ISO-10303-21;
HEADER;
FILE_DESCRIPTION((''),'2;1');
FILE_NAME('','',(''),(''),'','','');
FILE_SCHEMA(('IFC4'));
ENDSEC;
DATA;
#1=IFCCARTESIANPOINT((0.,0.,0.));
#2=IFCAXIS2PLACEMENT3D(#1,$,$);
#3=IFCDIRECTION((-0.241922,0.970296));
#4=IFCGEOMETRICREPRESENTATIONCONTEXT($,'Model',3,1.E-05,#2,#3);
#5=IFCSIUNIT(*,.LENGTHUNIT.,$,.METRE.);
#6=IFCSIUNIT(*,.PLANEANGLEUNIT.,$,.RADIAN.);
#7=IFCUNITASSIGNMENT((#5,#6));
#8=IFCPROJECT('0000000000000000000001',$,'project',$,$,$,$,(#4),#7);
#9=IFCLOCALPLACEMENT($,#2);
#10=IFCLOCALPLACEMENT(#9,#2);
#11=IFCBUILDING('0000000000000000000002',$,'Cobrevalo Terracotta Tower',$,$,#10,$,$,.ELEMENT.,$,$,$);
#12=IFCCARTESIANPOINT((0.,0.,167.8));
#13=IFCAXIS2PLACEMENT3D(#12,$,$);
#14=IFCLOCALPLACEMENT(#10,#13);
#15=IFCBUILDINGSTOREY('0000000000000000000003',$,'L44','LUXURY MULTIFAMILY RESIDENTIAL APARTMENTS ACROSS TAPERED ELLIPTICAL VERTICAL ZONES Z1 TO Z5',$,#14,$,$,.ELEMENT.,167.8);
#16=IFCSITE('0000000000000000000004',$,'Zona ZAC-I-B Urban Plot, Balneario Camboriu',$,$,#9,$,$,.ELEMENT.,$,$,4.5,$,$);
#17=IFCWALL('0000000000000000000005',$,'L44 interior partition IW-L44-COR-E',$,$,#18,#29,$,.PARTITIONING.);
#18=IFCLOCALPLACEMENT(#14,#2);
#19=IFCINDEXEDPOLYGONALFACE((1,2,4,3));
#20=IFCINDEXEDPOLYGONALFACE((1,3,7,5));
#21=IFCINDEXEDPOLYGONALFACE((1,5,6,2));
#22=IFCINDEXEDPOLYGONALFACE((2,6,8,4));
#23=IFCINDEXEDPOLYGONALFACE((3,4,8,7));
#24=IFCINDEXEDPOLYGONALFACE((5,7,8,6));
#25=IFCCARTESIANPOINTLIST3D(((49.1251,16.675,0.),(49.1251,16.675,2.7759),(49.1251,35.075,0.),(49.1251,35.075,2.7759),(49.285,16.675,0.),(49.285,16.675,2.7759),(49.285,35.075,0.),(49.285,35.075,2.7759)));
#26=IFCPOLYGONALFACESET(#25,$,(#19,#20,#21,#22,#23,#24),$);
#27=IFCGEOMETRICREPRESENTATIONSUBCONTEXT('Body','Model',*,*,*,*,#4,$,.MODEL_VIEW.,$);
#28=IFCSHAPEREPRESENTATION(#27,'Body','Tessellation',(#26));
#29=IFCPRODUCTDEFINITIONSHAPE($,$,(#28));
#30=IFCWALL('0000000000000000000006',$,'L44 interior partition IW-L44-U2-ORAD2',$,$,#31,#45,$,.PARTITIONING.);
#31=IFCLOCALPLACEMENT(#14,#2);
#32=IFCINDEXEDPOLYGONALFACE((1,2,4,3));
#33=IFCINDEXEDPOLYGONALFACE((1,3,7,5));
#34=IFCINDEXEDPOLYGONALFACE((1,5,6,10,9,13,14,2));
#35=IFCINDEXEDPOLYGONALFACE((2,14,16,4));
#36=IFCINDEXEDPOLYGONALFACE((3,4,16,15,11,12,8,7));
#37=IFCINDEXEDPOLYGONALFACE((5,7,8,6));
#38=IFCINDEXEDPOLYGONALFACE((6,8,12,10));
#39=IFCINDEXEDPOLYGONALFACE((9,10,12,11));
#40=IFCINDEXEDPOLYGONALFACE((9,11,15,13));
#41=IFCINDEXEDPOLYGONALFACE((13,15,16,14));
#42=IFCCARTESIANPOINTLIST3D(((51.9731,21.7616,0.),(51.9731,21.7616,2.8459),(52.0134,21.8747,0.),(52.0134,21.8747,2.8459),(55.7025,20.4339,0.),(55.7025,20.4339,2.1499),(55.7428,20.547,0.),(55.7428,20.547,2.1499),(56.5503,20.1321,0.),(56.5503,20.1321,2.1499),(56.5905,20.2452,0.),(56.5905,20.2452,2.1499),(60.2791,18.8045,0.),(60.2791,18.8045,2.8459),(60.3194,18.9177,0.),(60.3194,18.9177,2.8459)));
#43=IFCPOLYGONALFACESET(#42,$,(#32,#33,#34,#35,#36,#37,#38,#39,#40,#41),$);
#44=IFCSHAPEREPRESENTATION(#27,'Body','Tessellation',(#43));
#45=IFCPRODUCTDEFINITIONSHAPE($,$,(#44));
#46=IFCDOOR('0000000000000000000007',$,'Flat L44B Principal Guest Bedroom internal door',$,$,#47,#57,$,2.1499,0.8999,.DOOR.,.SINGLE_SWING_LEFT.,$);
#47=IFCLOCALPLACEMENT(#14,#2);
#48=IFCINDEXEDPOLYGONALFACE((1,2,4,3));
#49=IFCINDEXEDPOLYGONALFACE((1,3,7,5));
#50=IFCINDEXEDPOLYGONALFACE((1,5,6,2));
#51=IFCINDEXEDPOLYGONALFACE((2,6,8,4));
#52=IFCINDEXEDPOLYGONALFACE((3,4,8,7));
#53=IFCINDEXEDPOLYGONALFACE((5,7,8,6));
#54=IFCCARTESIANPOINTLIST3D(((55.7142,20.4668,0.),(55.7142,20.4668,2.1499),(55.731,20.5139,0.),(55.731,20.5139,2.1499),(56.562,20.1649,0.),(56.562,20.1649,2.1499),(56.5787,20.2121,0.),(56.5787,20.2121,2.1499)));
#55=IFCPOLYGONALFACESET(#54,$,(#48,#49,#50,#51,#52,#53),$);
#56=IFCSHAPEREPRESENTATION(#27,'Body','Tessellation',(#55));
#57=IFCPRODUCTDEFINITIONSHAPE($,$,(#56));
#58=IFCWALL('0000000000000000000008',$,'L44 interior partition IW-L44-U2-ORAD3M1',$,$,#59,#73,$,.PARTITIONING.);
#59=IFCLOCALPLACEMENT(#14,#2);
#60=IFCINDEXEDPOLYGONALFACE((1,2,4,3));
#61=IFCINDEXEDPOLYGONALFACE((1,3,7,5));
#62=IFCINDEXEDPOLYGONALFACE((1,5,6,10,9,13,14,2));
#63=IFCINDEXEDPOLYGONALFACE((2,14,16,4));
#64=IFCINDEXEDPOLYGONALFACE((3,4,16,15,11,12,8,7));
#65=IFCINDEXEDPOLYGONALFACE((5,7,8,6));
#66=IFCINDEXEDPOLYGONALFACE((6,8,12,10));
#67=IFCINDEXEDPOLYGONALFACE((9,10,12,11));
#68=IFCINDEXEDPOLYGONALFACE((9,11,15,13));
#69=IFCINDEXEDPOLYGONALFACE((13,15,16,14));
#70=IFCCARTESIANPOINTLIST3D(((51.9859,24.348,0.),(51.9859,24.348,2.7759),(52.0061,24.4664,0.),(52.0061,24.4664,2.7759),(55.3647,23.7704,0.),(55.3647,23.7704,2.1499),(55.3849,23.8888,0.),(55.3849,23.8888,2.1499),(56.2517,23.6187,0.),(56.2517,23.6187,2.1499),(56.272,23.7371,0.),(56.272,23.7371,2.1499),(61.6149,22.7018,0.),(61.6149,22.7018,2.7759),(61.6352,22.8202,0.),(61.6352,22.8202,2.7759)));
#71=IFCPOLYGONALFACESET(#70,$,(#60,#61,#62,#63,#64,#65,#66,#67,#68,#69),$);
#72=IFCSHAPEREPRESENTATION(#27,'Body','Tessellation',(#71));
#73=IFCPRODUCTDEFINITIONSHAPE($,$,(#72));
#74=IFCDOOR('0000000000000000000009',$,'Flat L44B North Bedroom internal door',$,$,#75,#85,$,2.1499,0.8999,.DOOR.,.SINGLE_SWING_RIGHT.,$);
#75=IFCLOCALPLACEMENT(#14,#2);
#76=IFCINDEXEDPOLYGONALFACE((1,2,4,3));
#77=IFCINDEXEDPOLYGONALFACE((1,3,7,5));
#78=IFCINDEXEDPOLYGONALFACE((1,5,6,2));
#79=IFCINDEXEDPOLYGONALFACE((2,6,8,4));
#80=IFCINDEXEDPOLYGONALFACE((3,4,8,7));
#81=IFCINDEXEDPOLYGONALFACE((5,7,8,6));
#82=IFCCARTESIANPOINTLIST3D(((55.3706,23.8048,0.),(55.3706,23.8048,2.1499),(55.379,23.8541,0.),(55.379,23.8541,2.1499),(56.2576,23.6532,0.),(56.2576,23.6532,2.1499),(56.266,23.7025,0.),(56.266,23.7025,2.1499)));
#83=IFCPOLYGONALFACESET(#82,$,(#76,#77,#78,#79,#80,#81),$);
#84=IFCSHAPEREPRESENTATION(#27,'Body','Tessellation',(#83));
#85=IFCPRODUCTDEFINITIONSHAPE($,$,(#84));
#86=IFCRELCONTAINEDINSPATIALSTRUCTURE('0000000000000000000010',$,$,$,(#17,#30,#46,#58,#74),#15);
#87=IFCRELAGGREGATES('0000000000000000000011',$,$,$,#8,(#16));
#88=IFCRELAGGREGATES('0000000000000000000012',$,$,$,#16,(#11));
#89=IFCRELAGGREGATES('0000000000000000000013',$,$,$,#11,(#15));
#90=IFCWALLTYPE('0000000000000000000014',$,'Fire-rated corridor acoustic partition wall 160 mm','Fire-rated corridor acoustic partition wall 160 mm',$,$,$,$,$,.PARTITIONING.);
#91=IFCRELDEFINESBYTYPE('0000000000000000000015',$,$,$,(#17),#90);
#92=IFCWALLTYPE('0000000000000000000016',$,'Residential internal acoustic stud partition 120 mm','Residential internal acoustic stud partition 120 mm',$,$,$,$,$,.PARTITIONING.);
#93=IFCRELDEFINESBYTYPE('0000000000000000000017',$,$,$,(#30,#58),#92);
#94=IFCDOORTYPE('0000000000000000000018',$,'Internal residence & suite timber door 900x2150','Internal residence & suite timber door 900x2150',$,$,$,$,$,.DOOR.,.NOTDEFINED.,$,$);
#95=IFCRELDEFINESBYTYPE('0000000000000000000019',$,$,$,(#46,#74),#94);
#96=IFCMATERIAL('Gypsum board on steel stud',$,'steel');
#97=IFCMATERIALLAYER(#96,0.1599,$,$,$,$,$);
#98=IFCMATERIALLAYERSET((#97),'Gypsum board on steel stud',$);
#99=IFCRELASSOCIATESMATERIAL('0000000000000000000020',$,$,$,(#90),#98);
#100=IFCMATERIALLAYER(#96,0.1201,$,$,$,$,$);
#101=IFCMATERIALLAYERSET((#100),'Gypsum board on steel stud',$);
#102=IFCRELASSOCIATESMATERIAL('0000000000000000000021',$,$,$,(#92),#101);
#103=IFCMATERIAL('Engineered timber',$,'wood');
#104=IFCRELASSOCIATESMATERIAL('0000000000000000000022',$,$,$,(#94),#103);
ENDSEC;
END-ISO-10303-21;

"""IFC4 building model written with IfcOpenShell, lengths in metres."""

from ifc_helpers import new_model, si_unit, direction, frame, frame_2d, origin, place, context, subcontext, project, spatial, rectangle, extrude, source, transform, mapped, material, layer, layer_set, type_object, element, fill, save


model = new_model("IFC4")

# Units and contexts
model_context = context("Model", 3, precision=1e-05, world=origin(), true_north=direction((-0.241922, 0.970296)))
body_context = subcontext(model_context, "Body", "Model", "MODEL_VIEW")
ifc_project = project(units=[si_unit("LENGTHUNIT", "METRE"), si_unit("PLANEANGLEUNIT", "RADIAN")], contexts=[model_context])

# Site, building, storey
site_placement = place(None, origin())
site = spatial("IfcSite", under=ifc_project, at=site_placement, Name="Zona ZAC-I-B Urban Plot, Balneario Camboriu", CompositionType="ELEMENT", RefElevation=4.5)
building_placement = place(site_placement, origin())
building = spatial("IfcBuilding", under=site, at=building_placement, Name="Cobrevalo Terracotta Tower", CompositionType="ELEMENT")
storey_placement = place(building_placement, frame((0.0, 0.0, 167.8)))
storey = spatial("IfcBuildingStorey", under=building, at=storey_placement, Name="L44", Description="LUXURY MULTIFAMILY RESIDENTIAL APARTMENTS ACROSS TAPERED ELLIPTICAL VERTICAL ZONES Z1 TO Z5", CompositionType="ELEMENT", Elevation=167.8)

# Wall
ifc_material_1 = material(Name="Gypsum board on steel stud", Category="steel")
ifc_layer_1 = layer(ifc_material_1, 0.1599)
ifc_layer_set_1 = layer_set([ifc_layer_1], Name="Gypsum board on steel stud")
wall_type_1 = type_object("IfcWallType", Name="Fire-rated corridor acoustic partition wall 160 mm", Description="Fire-rated corridor acoustic partition wall 160 mm", PredefinedType="PARTITIONING", material=ifc_layer_set_1)
wall_1_placement = place(storey_placement, frame((49.2051, 16.675, 0.0), z_axis=(0.0, 0.0, 1.0), x_axis=(0.0, 1.0, 0.0)))
element("IfcWall", 1, at=wall_1_placement, inside=storey, type_object=wall_type_1, Name="L44 interior partition IW-L44-COR-E", PredefinedType="PARTITIONING", context=body_context, shape_type="SweptSolid", body=[
    extrude(rectangle(XDim=18.3999, YDim=0.1599, at=frame_2d((9.2, 0.0))), origin(), (0.0, 0.0, 1.0), 2.7759),
])

# Walls, openings, doors
ifc_layer_2 = layer(ifc_material_1, 0.1201)
ifc_layer_set_2 = layer_set([ifc_layer_2], Name="Gypsum board on steel stud")
wall_type_2 = type_object("IfcWallType", Name="Residential internal acoustic stud partition 120 mm", Description="Residential internal acoustic stud partition 120 mm", PredefinedType="PARTITIONING", material=ifc_layer_set_2)
wall_2_placement = place(storey_placement, frame((51.9934, 21.8181, 0.0), z_axis=(0.0, 0.0, 1.0), x_axis=(0.942078, -0.335394, 0.0)))
wall_2 = element("IfcWall", 2, at=wall_2_placement, inside=storey, type_object=wall_type_2, Name="L44 interior partition IW-L44-U2-ORAD2", PredefinedType="PARTITIONING", context=body_context, shape_type="SweptSolid", body=[
    extrude(rectangle(XDim=8.8167, YDim=0.1201, at=frame_2d((4.4082, 0.0))), origin(), (0.0, 0.0, 1.0), 2.8459),
])
opening_1_placement = place(wall_2_placement, frame((3.9585, 0.0, 0.0)))
opening_1 = element("IfcOpeningElement", 3, at=opening_1_placement, cuts=wall_2, PredefinedType="OPENING", context=body_context, shape_type="SweptSolid", body=[
    extrude(rectangle(XDim=0.8999, YDim=2.1499, at=frame_2d((0.45, 1.075))), frame((0.0, 0.0701, 0.0), z_axis=(0.0, -1.0, 0.0), x_axis=(1.0, 0.0, 0.0)), (0.0, 0.0, 1.0), 0.1401),
])
ifc_material_2 = material(Name="Engineered timber", Category="wood")
door_type = type_object("IfcDoorType", Name="Internal residence & suite timber door 900x2150", Description="Internal residence & suite timber door 900x2150", OperationType="NOTDEFINED", PredefinedType="DOOR", material=ifc_material_2)
shared_shape_1 = source(origin(), body_context, "Body", "SweptSolid", [
    extrude(rectangle(XDim=0.8999, YDim=2.1499, at=frame_2d((0.45, 1.075))), frame((0.0, 0.0249, 0.0), z_axis=(0.0, -1.0, 0.0), x_axis=(1.0, 0.0, 0.0)), (0.0, 0.0, 1.0), 0.05),
])
door_1_placement = place(opening_1_placement, origin())
door_1 = element("IfcDoor", 4, at=door_1_placement, inside=storey, type_object=door_type, Name="Flat L44B Principal Guest Bedroom internal door", OperationType="SINGLE_SWING_LEFT", OverallHeight=2.1499, OverallWidth=0.8999, PredefinedType="DOOR", context=body_context, shape_type="MappedRepresentation", body=[
    mapped(shared_shape_1, transform((0.0, 0.0, 0.0), scale=1.0)),
])
fill(opening_1, door_1)
wall_3_placement = place(storey_placement, frame((51.9961, 24.4072, 0.0), z_axis=(0.0, 0.0, 1.0), x_axis=(0.985698, -0.168519, 0.0)))
wall_3 = element("IfcWall", 5, at=wall_3_placement, inside=storey, type_object=wall_type_2, Name="L44 interior partition IW-L44-U2-ORAD3M1", PredefinedType="PARTITIONING", context=body_context, shape_type="SweptSolid", body=[
    extrude(rectangle(XDim=9.7688, YDim=0.1201, at=frame_2d((4.8843, 0.0))), origin(), (0.0, 0.0, 1.0), 2.7759),
])
opening_2_placement = place(wall_3_placement, frame((3.4277, 0.0, 0.0)))
opening_2 = element("IfcOpeningElement", 6, at=opening_2_placement, cuts=wall_3, PredefinedType="OPENING", context=body_context, shape_type="SweptSolid", body=[
    extrude(rectangle(XDim=0.8999, YDim=2.1499, at=frame_2d((0.45, 1.075))), frame((0.0, 0.0701, 0.0), z_axis=(0.0, -1.0, 0.0), x_axis=(1.0, 0.0, 0.0)), (0.0, 0.0, 1.0), 0.1401),
])
door_2_placement = place(opening_2_placement, origin())
door_2 = element("IfcDoor", 7, at=door_2_placement, inside=storey, type_object=door_type, Name="Flat L44B North Bedroom internal door", OperationType="SINGLE_SWING_RIGHT", OverallHeight=2.1499, OverallWidth=0.8999, PredefinedType="DOOR", context=body_context, shape_type="MappedRepresentation", body=[
    mapped(shared_shape_1, transform((0.0, 0.0, 0.0), scale=1.0)),
])
fill(opening_2, door_2)

save(model, "model.ifc")
